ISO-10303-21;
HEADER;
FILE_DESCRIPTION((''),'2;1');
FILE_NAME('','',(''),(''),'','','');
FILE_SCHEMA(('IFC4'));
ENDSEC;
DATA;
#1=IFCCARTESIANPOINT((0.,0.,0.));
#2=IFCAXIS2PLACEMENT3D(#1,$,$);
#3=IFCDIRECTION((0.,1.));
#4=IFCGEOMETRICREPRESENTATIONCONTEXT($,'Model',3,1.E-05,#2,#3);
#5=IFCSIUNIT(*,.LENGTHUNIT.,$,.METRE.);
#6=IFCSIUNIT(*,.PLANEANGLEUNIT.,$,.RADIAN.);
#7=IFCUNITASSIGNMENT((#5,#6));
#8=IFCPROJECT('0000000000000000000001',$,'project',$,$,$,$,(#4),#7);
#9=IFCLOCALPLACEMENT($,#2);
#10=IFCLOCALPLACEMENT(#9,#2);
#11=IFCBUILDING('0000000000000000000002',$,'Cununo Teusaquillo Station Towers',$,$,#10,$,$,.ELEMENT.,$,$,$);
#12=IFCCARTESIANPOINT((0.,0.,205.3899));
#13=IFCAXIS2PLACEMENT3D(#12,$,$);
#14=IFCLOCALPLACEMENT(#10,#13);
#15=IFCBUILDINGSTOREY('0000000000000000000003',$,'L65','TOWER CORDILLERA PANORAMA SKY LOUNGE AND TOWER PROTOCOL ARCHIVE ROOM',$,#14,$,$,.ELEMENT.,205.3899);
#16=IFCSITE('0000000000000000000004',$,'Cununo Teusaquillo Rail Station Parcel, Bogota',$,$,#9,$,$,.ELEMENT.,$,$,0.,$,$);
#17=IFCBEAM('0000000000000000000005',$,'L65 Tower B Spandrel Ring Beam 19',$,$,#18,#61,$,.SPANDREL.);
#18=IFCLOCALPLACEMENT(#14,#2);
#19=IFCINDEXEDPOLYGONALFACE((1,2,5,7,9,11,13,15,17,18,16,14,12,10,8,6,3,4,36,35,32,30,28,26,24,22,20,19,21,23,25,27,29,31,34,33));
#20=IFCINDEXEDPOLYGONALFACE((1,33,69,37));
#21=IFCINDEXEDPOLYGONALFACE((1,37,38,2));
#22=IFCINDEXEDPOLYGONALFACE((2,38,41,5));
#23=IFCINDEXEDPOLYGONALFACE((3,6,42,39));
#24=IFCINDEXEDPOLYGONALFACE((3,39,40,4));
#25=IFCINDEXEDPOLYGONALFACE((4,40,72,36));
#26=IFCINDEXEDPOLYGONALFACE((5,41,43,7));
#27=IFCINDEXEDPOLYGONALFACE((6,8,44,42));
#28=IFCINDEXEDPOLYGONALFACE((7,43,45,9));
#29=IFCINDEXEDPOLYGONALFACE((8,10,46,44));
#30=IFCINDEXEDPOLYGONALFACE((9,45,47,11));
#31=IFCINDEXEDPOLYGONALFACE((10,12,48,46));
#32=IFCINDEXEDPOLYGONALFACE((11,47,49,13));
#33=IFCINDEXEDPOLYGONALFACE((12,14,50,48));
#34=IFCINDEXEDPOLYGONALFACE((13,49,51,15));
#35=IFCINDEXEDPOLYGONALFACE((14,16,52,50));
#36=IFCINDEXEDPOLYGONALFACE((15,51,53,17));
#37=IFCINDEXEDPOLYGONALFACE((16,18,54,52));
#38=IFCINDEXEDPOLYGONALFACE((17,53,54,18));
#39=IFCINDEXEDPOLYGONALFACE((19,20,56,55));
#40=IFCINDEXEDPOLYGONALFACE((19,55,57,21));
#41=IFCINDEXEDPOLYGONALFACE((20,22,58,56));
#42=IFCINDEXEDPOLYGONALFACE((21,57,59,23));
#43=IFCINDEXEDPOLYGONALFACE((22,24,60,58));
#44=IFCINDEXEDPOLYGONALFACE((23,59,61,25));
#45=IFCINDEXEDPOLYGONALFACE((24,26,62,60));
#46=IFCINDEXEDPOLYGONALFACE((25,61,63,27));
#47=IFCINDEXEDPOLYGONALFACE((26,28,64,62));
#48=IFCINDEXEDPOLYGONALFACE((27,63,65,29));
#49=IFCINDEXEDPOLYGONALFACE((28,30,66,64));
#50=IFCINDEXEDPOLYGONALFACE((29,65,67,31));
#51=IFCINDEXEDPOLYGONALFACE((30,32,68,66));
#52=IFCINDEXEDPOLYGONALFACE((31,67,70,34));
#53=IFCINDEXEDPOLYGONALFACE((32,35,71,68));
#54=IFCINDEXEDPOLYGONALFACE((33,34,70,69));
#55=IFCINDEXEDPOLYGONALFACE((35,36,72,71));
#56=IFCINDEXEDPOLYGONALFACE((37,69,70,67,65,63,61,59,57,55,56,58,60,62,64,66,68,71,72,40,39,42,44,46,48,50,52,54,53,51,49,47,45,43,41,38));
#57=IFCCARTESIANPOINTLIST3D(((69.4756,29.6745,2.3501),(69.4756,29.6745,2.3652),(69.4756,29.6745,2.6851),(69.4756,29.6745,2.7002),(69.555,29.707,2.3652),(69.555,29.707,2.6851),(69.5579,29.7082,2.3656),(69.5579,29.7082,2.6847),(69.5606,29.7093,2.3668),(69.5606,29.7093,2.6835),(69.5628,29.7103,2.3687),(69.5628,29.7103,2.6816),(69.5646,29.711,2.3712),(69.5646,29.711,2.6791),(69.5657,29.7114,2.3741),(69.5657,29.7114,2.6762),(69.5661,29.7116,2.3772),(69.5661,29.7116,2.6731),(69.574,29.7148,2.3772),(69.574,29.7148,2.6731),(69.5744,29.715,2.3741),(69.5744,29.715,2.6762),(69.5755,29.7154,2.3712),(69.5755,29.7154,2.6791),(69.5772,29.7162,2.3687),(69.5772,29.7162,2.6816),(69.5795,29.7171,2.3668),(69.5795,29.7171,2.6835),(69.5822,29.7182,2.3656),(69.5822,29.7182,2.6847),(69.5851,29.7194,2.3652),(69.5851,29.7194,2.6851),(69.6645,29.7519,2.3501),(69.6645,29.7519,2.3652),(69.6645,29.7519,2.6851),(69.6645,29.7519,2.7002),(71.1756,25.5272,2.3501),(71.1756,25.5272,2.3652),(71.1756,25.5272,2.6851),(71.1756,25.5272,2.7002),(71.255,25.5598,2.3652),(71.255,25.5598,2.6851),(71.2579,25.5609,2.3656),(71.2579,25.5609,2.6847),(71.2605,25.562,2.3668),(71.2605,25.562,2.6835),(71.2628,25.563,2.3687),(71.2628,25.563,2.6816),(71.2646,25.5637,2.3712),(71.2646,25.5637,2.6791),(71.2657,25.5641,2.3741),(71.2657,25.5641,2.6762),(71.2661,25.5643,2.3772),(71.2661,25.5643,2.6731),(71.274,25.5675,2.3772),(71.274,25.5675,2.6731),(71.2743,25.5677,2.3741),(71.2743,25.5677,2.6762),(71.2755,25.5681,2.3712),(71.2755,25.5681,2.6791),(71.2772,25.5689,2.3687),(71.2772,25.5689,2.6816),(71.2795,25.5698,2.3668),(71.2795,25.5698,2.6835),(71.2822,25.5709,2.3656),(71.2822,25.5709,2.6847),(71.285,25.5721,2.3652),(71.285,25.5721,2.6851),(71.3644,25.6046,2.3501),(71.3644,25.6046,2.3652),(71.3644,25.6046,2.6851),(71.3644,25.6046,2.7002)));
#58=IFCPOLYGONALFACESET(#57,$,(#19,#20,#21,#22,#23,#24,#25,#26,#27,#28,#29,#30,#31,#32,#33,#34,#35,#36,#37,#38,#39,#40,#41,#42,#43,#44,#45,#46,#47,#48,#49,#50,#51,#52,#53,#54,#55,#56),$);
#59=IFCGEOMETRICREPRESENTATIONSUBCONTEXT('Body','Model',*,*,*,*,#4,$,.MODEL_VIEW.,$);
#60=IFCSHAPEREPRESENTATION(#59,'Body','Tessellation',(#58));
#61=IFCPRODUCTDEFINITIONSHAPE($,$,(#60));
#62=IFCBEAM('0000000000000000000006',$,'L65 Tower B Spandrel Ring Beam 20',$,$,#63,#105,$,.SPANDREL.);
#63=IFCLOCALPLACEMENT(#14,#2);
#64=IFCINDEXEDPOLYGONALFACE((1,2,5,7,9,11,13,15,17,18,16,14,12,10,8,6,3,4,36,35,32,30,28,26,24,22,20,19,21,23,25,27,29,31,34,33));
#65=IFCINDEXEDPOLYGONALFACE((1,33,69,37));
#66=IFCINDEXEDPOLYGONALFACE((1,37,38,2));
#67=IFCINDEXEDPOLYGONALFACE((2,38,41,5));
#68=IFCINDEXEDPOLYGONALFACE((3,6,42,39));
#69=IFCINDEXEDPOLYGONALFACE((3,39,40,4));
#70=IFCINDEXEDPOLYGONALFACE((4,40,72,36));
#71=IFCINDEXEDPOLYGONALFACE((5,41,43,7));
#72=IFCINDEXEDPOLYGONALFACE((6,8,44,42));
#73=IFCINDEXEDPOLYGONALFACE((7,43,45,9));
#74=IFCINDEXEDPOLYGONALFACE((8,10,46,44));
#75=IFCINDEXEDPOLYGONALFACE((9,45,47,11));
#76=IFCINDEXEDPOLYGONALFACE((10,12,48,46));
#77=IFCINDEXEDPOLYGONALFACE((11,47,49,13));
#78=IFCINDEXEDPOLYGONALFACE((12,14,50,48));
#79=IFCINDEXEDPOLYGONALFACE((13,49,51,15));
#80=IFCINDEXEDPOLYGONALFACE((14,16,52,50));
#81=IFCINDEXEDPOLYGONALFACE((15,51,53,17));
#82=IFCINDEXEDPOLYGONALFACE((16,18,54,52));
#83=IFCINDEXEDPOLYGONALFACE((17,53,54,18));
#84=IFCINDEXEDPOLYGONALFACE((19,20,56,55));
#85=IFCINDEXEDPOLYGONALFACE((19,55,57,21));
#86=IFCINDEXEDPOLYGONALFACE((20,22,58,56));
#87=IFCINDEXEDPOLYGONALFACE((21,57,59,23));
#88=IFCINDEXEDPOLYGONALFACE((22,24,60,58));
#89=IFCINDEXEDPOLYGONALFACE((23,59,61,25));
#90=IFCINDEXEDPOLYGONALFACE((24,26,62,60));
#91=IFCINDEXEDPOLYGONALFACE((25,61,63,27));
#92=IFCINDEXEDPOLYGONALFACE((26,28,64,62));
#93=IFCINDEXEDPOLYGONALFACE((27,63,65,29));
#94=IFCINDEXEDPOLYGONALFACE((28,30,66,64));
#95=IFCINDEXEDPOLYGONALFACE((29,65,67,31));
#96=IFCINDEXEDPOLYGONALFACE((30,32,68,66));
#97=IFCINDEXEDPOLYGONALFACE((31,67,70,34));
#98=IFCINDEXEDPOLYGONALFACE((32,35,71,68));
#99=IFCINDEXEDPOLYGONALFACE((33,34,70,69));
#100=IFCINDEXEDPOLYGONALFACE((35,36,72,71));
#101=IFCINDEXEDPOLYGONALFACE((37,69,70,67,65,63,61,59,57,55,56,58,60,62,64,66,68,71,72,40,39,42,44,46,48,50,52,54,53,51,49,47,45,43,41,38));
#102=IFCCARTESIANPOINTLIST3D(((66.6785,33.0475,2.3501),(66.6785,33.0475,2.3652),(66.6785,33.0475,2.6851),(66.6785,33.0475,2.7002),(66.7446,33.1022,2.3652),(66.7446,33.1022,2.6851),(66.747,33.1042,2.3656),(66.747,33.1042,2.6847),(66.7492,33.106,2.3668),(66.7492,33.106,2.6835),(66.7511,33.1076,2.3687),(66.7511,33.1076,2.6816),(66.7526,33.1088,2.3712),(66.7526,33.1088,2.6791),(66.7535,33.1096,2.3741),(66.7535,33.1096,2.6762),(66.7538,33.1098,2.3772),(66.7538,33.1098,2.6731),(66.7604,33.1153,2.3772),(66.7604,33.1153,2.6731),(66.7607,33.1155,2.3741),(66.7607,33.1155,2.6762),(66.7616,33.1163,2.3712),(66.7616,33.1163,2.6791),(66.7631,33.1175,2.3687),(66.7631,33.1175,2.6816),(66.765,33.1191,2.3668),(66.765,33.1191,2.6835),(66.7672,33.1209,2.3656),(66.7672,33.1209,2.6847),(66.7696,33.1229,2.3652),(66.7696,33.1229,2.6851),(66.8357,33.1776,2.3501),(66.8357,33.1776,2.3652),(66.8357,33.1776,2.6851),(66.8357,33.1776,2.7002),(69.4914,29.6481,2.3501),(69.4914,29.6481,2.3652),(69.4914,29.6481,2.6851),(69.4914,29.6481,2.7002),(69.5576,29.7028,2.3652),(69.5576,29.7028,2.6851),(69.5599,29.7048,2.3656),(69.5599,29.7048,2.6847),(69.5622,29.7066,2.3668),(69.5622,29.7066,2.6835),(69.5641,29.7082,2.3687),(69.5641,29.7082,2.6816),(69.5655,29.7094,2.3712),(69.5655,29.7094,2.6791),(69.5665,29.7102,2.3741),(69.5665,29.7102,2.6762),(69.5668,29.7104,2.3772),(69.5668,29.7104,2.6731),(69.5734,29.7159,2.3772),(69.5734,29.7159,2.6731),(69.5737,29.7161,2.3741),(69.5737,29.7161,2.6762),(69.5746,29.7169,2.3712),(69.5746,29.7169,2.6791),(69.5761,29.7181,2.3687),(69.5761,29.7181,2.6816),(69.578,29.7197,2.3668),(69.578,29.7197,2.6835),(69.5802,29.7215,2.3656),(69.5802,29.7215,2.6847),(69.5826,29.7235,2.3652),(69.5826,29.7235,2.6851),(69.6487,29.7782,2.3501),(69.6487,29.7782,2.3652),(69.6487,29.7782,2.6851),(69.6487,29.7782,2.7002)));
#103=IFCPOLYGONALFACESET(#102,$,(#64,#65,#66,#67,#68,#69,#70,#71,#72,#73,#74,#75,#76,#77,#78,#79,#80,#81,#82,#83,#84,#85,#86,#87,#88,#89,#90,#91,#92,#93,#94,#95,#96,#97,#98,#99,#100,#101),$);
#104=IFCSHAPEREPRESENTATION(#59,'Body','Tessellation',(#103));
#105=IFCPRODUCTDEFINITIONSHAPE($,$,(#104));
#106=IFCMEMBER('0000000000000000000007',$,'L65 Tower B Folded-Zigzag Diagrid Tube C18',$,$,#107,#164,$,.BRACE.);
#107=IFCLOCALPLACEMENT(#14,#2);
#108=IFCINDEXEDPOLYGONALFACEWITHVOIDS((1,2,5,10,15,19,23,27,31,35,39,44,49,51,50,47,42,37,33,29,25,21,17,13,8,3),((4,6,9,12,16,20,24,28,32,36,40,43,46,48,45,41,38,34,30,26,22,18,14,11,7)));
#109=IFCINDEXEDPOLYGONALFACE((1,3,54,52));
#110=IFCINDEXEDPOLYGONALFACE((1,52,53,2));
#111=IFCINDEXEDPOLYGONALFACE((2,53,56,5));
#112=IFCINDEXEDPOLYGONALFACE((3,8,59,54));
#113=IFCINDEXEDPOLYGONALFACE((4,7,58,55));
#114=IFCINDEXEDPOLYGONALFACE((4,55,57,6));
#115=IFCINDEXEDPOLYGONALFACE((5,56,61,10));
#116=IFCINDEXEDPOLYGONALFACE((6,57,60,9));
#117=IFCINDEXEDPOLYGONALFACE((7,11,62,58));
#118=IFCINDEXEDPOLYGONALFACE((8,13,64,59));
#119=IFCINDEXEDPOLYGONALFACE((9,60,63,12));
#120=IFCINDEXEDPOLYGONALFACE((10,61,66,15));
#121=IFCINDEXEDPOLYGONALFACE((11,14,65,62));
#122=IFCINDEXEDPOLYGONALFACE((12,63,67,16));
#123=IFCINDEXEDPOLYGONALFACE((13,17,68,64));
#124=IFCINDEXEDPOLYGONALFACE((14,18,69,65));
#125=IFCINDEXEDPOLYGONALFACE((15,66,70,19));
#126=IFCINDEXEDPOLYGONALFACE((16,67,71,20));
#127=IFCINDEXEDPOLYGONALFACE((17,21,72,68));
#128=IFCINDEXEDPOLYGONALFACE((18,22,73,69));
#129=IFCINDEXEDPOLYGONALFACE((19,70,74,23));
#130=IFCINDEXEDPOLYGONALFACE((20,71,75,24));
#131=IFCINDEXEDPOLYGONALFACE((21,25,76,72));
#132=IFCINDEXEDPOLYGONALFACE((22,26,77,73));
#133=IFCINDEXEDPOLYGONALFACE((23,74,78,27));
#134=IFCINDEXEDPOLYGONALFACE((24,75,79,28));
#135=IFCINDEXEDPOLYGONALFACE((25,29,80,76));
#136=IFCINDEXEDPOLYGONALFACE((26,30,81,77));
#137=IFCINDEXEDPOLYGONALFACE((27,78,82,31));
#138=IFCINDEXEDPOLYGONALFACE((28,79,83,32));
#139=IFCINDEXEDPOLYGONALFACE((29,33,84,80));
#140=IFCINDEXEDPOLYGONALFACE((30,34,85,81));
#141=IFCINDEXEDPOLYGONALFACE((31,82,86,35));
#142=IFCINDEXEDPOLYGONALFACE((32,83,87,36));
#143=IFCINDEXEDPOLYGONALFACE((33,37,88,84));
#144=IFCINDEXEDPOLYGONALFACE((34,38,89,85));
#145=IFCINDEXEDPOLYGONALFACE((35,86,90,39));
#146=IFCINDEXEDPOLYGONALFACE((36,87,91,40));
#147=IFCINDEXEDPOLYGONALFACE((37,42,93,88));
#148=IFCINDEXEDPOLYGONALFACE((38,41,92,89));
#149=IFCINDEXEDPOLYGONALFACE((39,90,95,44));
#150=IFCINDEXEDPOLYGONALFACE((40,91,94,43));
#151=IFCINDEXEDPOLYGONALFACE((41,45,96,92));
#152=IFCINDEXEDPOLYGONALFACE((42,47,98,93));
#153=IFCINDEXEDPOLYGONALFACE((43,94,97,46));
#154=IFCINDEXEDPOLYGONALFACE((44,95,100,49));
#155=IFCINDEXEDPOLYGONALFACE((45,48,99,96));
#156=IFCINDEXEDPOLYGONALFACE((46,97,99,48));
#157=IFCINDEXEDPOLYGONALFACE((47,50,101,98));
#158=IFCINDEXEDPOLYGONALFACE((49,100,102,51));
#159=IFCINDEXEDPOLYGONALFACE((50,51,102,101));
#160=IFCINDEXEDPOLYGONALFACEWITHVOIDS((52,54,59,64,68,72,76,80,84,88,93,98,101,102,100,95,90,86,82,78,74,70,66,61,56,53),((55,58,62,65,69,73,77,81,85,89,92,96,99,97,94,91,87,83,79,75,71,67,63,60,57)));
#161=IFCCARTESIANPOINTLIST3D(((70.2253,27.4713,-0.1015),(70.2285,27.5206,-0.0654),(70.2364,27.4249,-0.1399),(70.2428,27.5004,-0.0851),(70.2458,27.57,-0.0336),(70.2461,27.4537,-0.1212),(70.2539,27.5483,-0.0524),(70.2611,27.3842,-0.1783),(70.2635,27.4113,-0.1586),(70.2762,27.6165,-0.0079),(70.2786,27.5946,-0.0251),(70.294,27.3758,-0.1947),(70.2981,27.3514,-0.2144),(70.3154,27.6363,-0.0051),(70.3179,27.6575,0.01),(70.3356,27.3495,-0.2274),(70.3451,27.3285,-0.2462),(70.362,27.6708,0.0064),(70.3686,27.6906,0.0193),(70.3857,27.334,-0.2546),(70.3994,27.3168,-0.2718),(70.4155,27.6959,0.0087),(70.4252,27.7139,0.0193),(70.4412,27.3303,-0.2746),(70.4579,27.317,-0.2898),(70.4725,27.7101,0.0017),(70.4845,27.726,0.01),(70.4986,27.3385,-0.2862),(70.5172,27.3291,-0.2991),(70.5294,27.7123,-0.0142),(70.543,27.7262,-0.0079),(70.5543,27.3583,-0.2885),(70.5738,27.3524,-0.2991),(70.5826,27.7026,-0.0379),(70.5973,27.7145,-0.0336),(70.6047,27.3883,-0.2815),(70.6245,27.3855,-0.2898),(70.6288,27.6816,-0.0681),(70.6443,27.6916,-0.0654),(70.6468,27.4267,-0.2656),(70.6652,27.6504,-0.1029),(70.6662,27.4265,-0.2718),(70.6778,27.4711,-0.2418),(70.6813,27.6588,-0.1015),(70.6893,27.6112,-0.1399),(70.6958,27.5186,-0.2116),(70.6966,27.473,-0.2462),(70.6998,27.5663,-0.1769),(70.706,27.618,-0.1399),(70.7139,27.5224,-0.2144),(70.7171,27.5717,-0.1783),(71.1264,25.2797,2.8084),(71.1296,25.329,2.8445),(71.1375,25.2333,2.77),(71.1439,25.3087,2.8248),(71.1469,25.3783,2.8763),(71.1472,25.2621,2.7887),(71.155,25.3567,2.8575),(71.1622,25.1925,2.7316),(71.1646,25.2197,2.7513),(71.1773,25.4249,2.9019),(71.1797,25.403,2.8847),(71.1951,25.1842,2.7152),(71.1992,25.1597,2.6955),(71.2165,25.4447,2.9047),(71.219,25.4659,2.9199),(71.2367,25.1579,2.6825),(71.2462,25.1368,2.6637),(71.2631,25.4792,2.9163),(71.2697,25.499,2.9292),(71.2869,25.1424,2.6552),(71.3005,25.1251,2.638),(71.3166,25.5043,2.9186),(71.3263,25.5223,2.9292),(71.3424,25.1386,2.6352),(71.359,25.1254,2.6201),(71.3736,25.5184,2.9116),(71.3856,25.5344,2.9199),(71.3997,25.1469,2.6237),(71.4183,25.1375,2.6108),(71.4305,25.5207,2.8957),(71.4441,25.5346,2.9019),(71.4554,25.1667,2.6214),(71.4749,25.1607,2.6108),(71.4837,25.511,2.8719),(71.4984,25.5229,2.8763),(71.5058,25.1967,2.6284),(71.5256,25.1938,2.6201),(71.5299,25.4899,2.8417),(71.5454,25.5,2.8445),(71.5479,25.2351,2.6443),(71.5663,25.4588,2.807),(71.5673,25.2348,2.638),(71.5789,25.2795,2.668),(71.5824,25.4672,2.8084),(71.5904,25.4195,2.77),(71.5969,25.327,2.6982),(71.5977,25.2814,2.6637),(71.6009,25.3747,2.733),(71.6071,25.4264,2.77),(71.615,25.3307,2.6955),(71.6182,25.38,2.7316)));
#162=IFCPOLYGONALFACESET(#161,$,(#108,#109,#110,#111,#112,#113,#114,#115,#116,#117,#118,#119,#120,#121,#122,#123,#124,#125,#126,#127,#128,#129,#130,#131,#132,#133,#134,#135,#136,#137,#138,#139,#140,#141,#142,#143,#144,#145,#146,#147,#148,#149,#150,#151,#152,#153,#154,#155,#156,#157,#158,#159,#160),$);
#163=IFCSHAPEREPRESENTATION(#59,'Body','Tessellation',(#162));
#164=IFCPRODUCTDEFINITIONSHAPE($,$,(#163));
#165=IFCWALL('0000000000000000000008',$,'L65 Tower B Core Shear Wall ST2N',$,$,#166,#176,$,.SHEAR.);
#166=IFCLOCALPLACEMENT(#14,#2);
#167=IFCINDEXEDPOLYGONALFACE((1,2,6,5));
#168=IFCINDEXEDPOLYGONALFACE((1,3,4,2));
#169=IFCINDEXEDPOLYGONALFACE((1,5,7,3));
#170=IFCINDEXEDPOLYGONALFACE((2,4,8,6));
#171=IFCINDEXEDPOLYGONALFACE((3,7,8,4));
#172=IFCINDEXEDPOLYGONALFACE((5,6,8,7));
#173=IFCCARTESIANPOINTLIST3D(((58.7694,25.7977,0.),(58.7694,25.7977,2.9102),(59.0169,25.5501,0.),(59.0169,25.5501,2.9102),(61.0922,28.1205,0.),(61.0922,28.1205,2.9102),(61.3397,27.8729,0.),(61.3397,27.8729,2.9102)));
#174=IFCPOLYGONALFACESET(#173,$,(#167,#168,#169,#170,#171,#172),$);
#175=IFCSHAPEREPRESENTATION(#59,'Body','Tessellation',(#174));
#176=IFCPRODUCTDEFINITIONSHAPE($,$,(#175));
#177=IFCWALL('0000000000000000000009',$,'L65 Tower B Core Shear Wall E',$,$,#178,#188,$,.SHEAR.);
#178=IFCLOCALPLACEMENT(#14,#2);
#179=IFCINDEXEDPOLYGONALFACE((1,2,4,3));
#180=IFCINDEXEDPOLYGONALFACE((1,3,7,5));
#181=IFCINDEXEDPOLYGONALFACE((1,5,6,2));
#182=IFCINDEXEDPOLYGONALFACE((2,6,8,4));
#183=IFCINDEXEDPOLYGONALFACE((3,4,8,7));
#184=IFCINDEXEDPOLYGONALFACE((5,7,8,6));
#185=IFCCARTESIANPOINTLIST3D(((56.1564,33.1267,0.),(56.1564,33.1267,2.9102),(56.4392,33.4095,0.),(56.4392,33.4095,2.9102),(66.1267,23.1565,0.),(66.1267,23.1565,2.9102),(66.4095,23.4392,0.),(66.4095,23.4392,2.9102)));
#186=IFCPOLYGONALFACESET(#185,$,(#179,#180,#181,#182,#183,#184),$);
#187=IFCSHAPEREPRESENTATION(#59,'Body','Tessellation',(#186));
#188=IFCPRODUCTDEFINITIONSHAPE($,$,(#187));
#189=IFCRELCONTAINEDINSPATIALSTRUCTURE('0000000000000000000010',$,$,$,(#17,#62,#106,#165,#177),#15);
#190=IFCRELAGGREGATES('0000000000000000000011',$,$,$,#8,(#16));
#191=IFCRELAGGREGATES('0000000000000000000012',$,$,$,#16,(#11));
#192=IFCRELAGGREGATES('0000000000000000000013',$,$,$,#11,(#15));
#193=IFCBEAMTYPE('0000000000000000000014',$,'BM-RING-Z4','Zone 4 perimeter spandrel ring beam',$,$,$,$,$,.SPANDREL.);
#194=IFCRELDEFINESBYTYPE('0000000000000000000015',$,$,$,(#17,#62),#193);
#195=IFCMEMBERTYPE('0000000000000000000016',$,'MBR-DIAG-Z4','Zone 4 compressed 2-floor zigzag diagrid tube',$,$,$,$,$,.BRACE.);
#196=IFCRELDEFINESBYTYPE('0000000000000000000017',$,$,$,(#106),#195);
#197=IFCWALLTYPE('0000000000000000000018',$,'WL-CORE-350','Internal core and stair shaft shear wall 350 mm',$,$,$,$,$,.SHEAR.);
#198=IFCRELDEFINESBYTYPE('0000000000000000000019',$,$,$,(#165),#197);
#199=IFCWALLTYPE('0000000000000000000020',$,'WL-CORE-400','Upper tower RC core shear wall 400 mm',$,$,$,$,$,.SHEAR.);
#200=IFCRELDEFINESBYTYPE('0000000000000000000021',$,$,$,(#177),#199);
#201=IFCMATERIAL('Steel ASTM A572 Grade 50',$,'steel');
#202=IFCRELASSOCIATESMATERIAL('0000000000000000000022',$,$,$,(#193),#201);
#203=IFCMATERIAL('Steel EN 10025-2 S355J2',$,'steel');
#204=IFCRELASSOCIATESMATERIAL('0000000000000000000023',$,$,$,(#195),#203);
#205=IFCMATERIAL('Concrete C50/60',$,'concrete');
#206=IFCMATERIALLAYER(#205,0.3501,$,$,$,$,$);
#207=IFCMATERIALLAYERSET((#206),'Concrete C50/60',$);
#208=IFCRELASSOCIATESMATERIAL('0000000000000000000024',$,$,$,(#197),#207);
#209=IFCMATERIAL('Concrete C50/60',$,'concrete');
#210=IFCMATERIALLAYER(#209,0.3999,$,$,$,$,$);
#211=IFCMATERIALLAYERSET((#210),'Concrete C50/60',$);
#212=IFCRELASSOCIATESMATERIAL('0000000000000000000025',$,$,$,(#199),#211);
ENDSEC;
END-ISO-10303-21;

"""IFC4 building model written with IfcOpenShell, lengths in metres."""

from ifc_helpers import new_model, si_unit, direction, frame, frame_2d, origin, origin_2d, place, context, subcontext, project, spatial, rectangle, hollow_circle, i_section, extrude, material, layer, layer_set, material_profile, profile_set, type_object, element, save


model = new_model("IFC4")

# Units and contexts
model_context = context("Model", 3, precision=1e-05, world=origin(), true_north=direction((0.0, 1.0)))
body_context = subcontext(model_context, "Body", "Model", "MODEL_VIEW")
ifc_project = project(units=[si_unit("LENGTHUNIT", "METRE"), si_unit("PLANEANGLEUNIT", "RADIAN")], contexts=[model_context])

# Site, building, storey
site_placement = place(None, origin())
site = spatial("IfcSite", under=ifc_project, at=site_placement, Name="Cununo Teusaquillo Rail Station Parcel, Bogota", CompositionType="ELEMENT", RefElevation=0.0)
building_placement = place(site_placement, origin())
building = spatial("IfcBuilding", under=site, at=building_placement, Name="Cununo Teusaquillo Station Towers", CompositionType="ELEMENT")
storey_placement = place(building_placement, frame((0.0, 0.0, 205.3899)))
storey = spatial("IfcBuildingStorey", under=building, at=storey_placement, Name="L65", Description="TOWER CORDILLERA PANORAMA SKY LOUNGE AND TOWER PROTOCOL ARCHIVE ROOM", CompositionType="ELEMENT", Elevation=205.3899)

# Beams
ifc_material_1 = material(Name="Steel ASTM A572 Grade 50", Category="steel")
ifc_material_profile_1 = material_profile(ifc_material_1, i_section(OverallWidth=0.2041, OverallDepth=0.3501, WebThickness=0.0085, FlangeThickness=0.0151, FilletRadius=0.012, at=origin_2d()), Name="W14X48")
ifc_profile_set_1 = profile_set([ifc_material_profile_1], Name="Steel ASTM A572 Grade 50")
beam_type_1 = type_object("IfcBeamType", Name="BM-RING-Z4", Description="Zone 4 perimeter spandrel ring beam", PredefinedType="SPANDREL", material=ifc_profile_set_1)
beam_1_placement = place(storey_placement, frame((71.27, 25.5659, 2.5251), z_axis=(-0.379275, 0.925284, 0.0), x_axis=(-0.925284, -0.379275, 0.0)))
element("IfcBeam", 1, at=beam_1_placement, inside=storey, type_object=beam_type_1, Name="L65 Tower B Spandrel Ring Beam 19", PredefinedType="SPANDREL", context=body_context, shape_type="SweptSolid", body=[
    extrude(i_section(OverallWidth=0.2041, OverallDepth=0.3501, WebThickness=0.0085, FlangeThickness=0.0151, FilletRadius=0.012, at=origin_2d()), origin(), (0.0, 0.0, 1.0), 4.4822),
])
beam_2_placement = place(storey_placement, frame((69.5701, 29.7131, 2.5251), z_axis=(-0.637525, 0.77043, 0.0), x_axis=(-0.77043, -0.637525, 0.0)))
element("IfcBeam", 2, at=beam_2_placement, inside=storey, type_object=beam_type_1, Name="L65 Tower B Spandrel Ring Beam 20", PredefinedType="SPANDREL", context=body_context, shape_type="SweptSolid", body=[
    extrude(i_section(OverallWidth=0.2041, OverallDepth=0.3501, WebThickness=0.0085, FlangeThickness=0.0151, FilletRadius=0.012, at=origin_2d()), origin(), (0.0, 0.0, 1.0), 4.4124),
])

# Member
ifc_material_2 = material(Name="Steel EN 10025-2 S355J2", Category="steel")
ifc_material_profile_2 = material_profile(ifc_material_2, hollow_circle(Radius=0.2539, WallThickness=0.0181, at=origin_2d()), Name="CHS 508x18")
ifc_profile_set_2 = profile_set([ifc_material_profile_2], Name="Steel EN 10025-2 S355J2")
member_type = type_object("IfcMemberType", Name="MBR-DIAG-Z4", Description="Zone 4 compressed 2-floor zigzag diagrid tube", PredefinedType="BRACE", material=ifc_profile_set_2)
member_placement = place(storey_placement, frame((70.4712, 27.5215, -0.1399), z_axis=(0.240125, -0.584016, 0.775413), x_axis=(0.924874, 0.380273, 0.0)))
element("IfcMember", 3, at=member_placement, inside=storey, type_object=member_type, Name="L65 Tower B Folded-Zigzag Diagrid Tube C18", PredefinedType="BRACE", context=body_context, shape_type="SweptSolid", body=[
    extrude(hollow_circle(Radius=0.2539, WallThickness=0.0181, at=origin_2d()), origin(), (0.0, 0.0, 1.0), 3.7527),
])

# Walls
ifc_material_3 = material(Name="Concrete C50/60", Category="concrete")
ifc_layer_1 = layer(ifc_material_3, 0.3501)
ifc_layer_set_1 = layer_set([ifc_layer_1], Name="Concrete C50/60")
wall_type_1 = type_object("IfcWallType", Name="WL-CORE-350", Description="Internal core and stair shaft shear wall 350 mm", PredefinedType="SHEAR", material=ifc_layer_set_1)
wall_1_placement = place(storey_placement, frame((58.8931, 25.6738, 0.0), z_axis=(0.0, 0.0, 1.0), x_axis=(0.707107, 0.707107, 0.0)))
element("IfcWall", 4, at=wall_1_placement, inside=storey, type_object=wall_type_1, Name="L65 Tower B Core Shear Wall ST2N", PredefinedType="SHEAR", context=body_context, shape_type="SweptSolid", body=[
    extrude(rectangle(XDim=3.2849, YDim=0.3501, at=frame_2d((1.6426, 0.0))), origin(), (0.0, 0.0, 1.0), 2.9102),
])
ifc_material_4 = material(Name="Concrete C50/60", Category="concrete")
ifc_layer_2 = layer(ifc_material_4, 0.3999)
ifc_layer_set_2 = layer_set([ifc_layer_2], Name="Concrete C50/60")
wall_type_2 = type_object("IfcWallType", Name="WL-CORE-400", Description="Upper tower RC core shear wall 400 mm", PredefinedType="SHEAR", material=ifc_layer_set_2)
wall_2_placement = place(storey_placement, frame((66.2681, 23.2979, 0.0), z_axis=(0.0, 0.0, 1.0), x_axis=(-0.707107, 0.707107, 0.0)))
element("IfcWall", 5, at=wall_2_placement, inside=storey, type_object=wall_type_2, Name="L65 Tower B Core Shear Wall E", PredefinedType="SHEAR", context=body_context, shape_type="SweptSolid", body=[
    extrude(rectangle(XDim=14.1001, YDim=0.3999, at=frame_2d((7.05, 0.0))), origin(), (0.0, 0.0, 1.0), 2.9102),
])

save(model, "model.ifc")
